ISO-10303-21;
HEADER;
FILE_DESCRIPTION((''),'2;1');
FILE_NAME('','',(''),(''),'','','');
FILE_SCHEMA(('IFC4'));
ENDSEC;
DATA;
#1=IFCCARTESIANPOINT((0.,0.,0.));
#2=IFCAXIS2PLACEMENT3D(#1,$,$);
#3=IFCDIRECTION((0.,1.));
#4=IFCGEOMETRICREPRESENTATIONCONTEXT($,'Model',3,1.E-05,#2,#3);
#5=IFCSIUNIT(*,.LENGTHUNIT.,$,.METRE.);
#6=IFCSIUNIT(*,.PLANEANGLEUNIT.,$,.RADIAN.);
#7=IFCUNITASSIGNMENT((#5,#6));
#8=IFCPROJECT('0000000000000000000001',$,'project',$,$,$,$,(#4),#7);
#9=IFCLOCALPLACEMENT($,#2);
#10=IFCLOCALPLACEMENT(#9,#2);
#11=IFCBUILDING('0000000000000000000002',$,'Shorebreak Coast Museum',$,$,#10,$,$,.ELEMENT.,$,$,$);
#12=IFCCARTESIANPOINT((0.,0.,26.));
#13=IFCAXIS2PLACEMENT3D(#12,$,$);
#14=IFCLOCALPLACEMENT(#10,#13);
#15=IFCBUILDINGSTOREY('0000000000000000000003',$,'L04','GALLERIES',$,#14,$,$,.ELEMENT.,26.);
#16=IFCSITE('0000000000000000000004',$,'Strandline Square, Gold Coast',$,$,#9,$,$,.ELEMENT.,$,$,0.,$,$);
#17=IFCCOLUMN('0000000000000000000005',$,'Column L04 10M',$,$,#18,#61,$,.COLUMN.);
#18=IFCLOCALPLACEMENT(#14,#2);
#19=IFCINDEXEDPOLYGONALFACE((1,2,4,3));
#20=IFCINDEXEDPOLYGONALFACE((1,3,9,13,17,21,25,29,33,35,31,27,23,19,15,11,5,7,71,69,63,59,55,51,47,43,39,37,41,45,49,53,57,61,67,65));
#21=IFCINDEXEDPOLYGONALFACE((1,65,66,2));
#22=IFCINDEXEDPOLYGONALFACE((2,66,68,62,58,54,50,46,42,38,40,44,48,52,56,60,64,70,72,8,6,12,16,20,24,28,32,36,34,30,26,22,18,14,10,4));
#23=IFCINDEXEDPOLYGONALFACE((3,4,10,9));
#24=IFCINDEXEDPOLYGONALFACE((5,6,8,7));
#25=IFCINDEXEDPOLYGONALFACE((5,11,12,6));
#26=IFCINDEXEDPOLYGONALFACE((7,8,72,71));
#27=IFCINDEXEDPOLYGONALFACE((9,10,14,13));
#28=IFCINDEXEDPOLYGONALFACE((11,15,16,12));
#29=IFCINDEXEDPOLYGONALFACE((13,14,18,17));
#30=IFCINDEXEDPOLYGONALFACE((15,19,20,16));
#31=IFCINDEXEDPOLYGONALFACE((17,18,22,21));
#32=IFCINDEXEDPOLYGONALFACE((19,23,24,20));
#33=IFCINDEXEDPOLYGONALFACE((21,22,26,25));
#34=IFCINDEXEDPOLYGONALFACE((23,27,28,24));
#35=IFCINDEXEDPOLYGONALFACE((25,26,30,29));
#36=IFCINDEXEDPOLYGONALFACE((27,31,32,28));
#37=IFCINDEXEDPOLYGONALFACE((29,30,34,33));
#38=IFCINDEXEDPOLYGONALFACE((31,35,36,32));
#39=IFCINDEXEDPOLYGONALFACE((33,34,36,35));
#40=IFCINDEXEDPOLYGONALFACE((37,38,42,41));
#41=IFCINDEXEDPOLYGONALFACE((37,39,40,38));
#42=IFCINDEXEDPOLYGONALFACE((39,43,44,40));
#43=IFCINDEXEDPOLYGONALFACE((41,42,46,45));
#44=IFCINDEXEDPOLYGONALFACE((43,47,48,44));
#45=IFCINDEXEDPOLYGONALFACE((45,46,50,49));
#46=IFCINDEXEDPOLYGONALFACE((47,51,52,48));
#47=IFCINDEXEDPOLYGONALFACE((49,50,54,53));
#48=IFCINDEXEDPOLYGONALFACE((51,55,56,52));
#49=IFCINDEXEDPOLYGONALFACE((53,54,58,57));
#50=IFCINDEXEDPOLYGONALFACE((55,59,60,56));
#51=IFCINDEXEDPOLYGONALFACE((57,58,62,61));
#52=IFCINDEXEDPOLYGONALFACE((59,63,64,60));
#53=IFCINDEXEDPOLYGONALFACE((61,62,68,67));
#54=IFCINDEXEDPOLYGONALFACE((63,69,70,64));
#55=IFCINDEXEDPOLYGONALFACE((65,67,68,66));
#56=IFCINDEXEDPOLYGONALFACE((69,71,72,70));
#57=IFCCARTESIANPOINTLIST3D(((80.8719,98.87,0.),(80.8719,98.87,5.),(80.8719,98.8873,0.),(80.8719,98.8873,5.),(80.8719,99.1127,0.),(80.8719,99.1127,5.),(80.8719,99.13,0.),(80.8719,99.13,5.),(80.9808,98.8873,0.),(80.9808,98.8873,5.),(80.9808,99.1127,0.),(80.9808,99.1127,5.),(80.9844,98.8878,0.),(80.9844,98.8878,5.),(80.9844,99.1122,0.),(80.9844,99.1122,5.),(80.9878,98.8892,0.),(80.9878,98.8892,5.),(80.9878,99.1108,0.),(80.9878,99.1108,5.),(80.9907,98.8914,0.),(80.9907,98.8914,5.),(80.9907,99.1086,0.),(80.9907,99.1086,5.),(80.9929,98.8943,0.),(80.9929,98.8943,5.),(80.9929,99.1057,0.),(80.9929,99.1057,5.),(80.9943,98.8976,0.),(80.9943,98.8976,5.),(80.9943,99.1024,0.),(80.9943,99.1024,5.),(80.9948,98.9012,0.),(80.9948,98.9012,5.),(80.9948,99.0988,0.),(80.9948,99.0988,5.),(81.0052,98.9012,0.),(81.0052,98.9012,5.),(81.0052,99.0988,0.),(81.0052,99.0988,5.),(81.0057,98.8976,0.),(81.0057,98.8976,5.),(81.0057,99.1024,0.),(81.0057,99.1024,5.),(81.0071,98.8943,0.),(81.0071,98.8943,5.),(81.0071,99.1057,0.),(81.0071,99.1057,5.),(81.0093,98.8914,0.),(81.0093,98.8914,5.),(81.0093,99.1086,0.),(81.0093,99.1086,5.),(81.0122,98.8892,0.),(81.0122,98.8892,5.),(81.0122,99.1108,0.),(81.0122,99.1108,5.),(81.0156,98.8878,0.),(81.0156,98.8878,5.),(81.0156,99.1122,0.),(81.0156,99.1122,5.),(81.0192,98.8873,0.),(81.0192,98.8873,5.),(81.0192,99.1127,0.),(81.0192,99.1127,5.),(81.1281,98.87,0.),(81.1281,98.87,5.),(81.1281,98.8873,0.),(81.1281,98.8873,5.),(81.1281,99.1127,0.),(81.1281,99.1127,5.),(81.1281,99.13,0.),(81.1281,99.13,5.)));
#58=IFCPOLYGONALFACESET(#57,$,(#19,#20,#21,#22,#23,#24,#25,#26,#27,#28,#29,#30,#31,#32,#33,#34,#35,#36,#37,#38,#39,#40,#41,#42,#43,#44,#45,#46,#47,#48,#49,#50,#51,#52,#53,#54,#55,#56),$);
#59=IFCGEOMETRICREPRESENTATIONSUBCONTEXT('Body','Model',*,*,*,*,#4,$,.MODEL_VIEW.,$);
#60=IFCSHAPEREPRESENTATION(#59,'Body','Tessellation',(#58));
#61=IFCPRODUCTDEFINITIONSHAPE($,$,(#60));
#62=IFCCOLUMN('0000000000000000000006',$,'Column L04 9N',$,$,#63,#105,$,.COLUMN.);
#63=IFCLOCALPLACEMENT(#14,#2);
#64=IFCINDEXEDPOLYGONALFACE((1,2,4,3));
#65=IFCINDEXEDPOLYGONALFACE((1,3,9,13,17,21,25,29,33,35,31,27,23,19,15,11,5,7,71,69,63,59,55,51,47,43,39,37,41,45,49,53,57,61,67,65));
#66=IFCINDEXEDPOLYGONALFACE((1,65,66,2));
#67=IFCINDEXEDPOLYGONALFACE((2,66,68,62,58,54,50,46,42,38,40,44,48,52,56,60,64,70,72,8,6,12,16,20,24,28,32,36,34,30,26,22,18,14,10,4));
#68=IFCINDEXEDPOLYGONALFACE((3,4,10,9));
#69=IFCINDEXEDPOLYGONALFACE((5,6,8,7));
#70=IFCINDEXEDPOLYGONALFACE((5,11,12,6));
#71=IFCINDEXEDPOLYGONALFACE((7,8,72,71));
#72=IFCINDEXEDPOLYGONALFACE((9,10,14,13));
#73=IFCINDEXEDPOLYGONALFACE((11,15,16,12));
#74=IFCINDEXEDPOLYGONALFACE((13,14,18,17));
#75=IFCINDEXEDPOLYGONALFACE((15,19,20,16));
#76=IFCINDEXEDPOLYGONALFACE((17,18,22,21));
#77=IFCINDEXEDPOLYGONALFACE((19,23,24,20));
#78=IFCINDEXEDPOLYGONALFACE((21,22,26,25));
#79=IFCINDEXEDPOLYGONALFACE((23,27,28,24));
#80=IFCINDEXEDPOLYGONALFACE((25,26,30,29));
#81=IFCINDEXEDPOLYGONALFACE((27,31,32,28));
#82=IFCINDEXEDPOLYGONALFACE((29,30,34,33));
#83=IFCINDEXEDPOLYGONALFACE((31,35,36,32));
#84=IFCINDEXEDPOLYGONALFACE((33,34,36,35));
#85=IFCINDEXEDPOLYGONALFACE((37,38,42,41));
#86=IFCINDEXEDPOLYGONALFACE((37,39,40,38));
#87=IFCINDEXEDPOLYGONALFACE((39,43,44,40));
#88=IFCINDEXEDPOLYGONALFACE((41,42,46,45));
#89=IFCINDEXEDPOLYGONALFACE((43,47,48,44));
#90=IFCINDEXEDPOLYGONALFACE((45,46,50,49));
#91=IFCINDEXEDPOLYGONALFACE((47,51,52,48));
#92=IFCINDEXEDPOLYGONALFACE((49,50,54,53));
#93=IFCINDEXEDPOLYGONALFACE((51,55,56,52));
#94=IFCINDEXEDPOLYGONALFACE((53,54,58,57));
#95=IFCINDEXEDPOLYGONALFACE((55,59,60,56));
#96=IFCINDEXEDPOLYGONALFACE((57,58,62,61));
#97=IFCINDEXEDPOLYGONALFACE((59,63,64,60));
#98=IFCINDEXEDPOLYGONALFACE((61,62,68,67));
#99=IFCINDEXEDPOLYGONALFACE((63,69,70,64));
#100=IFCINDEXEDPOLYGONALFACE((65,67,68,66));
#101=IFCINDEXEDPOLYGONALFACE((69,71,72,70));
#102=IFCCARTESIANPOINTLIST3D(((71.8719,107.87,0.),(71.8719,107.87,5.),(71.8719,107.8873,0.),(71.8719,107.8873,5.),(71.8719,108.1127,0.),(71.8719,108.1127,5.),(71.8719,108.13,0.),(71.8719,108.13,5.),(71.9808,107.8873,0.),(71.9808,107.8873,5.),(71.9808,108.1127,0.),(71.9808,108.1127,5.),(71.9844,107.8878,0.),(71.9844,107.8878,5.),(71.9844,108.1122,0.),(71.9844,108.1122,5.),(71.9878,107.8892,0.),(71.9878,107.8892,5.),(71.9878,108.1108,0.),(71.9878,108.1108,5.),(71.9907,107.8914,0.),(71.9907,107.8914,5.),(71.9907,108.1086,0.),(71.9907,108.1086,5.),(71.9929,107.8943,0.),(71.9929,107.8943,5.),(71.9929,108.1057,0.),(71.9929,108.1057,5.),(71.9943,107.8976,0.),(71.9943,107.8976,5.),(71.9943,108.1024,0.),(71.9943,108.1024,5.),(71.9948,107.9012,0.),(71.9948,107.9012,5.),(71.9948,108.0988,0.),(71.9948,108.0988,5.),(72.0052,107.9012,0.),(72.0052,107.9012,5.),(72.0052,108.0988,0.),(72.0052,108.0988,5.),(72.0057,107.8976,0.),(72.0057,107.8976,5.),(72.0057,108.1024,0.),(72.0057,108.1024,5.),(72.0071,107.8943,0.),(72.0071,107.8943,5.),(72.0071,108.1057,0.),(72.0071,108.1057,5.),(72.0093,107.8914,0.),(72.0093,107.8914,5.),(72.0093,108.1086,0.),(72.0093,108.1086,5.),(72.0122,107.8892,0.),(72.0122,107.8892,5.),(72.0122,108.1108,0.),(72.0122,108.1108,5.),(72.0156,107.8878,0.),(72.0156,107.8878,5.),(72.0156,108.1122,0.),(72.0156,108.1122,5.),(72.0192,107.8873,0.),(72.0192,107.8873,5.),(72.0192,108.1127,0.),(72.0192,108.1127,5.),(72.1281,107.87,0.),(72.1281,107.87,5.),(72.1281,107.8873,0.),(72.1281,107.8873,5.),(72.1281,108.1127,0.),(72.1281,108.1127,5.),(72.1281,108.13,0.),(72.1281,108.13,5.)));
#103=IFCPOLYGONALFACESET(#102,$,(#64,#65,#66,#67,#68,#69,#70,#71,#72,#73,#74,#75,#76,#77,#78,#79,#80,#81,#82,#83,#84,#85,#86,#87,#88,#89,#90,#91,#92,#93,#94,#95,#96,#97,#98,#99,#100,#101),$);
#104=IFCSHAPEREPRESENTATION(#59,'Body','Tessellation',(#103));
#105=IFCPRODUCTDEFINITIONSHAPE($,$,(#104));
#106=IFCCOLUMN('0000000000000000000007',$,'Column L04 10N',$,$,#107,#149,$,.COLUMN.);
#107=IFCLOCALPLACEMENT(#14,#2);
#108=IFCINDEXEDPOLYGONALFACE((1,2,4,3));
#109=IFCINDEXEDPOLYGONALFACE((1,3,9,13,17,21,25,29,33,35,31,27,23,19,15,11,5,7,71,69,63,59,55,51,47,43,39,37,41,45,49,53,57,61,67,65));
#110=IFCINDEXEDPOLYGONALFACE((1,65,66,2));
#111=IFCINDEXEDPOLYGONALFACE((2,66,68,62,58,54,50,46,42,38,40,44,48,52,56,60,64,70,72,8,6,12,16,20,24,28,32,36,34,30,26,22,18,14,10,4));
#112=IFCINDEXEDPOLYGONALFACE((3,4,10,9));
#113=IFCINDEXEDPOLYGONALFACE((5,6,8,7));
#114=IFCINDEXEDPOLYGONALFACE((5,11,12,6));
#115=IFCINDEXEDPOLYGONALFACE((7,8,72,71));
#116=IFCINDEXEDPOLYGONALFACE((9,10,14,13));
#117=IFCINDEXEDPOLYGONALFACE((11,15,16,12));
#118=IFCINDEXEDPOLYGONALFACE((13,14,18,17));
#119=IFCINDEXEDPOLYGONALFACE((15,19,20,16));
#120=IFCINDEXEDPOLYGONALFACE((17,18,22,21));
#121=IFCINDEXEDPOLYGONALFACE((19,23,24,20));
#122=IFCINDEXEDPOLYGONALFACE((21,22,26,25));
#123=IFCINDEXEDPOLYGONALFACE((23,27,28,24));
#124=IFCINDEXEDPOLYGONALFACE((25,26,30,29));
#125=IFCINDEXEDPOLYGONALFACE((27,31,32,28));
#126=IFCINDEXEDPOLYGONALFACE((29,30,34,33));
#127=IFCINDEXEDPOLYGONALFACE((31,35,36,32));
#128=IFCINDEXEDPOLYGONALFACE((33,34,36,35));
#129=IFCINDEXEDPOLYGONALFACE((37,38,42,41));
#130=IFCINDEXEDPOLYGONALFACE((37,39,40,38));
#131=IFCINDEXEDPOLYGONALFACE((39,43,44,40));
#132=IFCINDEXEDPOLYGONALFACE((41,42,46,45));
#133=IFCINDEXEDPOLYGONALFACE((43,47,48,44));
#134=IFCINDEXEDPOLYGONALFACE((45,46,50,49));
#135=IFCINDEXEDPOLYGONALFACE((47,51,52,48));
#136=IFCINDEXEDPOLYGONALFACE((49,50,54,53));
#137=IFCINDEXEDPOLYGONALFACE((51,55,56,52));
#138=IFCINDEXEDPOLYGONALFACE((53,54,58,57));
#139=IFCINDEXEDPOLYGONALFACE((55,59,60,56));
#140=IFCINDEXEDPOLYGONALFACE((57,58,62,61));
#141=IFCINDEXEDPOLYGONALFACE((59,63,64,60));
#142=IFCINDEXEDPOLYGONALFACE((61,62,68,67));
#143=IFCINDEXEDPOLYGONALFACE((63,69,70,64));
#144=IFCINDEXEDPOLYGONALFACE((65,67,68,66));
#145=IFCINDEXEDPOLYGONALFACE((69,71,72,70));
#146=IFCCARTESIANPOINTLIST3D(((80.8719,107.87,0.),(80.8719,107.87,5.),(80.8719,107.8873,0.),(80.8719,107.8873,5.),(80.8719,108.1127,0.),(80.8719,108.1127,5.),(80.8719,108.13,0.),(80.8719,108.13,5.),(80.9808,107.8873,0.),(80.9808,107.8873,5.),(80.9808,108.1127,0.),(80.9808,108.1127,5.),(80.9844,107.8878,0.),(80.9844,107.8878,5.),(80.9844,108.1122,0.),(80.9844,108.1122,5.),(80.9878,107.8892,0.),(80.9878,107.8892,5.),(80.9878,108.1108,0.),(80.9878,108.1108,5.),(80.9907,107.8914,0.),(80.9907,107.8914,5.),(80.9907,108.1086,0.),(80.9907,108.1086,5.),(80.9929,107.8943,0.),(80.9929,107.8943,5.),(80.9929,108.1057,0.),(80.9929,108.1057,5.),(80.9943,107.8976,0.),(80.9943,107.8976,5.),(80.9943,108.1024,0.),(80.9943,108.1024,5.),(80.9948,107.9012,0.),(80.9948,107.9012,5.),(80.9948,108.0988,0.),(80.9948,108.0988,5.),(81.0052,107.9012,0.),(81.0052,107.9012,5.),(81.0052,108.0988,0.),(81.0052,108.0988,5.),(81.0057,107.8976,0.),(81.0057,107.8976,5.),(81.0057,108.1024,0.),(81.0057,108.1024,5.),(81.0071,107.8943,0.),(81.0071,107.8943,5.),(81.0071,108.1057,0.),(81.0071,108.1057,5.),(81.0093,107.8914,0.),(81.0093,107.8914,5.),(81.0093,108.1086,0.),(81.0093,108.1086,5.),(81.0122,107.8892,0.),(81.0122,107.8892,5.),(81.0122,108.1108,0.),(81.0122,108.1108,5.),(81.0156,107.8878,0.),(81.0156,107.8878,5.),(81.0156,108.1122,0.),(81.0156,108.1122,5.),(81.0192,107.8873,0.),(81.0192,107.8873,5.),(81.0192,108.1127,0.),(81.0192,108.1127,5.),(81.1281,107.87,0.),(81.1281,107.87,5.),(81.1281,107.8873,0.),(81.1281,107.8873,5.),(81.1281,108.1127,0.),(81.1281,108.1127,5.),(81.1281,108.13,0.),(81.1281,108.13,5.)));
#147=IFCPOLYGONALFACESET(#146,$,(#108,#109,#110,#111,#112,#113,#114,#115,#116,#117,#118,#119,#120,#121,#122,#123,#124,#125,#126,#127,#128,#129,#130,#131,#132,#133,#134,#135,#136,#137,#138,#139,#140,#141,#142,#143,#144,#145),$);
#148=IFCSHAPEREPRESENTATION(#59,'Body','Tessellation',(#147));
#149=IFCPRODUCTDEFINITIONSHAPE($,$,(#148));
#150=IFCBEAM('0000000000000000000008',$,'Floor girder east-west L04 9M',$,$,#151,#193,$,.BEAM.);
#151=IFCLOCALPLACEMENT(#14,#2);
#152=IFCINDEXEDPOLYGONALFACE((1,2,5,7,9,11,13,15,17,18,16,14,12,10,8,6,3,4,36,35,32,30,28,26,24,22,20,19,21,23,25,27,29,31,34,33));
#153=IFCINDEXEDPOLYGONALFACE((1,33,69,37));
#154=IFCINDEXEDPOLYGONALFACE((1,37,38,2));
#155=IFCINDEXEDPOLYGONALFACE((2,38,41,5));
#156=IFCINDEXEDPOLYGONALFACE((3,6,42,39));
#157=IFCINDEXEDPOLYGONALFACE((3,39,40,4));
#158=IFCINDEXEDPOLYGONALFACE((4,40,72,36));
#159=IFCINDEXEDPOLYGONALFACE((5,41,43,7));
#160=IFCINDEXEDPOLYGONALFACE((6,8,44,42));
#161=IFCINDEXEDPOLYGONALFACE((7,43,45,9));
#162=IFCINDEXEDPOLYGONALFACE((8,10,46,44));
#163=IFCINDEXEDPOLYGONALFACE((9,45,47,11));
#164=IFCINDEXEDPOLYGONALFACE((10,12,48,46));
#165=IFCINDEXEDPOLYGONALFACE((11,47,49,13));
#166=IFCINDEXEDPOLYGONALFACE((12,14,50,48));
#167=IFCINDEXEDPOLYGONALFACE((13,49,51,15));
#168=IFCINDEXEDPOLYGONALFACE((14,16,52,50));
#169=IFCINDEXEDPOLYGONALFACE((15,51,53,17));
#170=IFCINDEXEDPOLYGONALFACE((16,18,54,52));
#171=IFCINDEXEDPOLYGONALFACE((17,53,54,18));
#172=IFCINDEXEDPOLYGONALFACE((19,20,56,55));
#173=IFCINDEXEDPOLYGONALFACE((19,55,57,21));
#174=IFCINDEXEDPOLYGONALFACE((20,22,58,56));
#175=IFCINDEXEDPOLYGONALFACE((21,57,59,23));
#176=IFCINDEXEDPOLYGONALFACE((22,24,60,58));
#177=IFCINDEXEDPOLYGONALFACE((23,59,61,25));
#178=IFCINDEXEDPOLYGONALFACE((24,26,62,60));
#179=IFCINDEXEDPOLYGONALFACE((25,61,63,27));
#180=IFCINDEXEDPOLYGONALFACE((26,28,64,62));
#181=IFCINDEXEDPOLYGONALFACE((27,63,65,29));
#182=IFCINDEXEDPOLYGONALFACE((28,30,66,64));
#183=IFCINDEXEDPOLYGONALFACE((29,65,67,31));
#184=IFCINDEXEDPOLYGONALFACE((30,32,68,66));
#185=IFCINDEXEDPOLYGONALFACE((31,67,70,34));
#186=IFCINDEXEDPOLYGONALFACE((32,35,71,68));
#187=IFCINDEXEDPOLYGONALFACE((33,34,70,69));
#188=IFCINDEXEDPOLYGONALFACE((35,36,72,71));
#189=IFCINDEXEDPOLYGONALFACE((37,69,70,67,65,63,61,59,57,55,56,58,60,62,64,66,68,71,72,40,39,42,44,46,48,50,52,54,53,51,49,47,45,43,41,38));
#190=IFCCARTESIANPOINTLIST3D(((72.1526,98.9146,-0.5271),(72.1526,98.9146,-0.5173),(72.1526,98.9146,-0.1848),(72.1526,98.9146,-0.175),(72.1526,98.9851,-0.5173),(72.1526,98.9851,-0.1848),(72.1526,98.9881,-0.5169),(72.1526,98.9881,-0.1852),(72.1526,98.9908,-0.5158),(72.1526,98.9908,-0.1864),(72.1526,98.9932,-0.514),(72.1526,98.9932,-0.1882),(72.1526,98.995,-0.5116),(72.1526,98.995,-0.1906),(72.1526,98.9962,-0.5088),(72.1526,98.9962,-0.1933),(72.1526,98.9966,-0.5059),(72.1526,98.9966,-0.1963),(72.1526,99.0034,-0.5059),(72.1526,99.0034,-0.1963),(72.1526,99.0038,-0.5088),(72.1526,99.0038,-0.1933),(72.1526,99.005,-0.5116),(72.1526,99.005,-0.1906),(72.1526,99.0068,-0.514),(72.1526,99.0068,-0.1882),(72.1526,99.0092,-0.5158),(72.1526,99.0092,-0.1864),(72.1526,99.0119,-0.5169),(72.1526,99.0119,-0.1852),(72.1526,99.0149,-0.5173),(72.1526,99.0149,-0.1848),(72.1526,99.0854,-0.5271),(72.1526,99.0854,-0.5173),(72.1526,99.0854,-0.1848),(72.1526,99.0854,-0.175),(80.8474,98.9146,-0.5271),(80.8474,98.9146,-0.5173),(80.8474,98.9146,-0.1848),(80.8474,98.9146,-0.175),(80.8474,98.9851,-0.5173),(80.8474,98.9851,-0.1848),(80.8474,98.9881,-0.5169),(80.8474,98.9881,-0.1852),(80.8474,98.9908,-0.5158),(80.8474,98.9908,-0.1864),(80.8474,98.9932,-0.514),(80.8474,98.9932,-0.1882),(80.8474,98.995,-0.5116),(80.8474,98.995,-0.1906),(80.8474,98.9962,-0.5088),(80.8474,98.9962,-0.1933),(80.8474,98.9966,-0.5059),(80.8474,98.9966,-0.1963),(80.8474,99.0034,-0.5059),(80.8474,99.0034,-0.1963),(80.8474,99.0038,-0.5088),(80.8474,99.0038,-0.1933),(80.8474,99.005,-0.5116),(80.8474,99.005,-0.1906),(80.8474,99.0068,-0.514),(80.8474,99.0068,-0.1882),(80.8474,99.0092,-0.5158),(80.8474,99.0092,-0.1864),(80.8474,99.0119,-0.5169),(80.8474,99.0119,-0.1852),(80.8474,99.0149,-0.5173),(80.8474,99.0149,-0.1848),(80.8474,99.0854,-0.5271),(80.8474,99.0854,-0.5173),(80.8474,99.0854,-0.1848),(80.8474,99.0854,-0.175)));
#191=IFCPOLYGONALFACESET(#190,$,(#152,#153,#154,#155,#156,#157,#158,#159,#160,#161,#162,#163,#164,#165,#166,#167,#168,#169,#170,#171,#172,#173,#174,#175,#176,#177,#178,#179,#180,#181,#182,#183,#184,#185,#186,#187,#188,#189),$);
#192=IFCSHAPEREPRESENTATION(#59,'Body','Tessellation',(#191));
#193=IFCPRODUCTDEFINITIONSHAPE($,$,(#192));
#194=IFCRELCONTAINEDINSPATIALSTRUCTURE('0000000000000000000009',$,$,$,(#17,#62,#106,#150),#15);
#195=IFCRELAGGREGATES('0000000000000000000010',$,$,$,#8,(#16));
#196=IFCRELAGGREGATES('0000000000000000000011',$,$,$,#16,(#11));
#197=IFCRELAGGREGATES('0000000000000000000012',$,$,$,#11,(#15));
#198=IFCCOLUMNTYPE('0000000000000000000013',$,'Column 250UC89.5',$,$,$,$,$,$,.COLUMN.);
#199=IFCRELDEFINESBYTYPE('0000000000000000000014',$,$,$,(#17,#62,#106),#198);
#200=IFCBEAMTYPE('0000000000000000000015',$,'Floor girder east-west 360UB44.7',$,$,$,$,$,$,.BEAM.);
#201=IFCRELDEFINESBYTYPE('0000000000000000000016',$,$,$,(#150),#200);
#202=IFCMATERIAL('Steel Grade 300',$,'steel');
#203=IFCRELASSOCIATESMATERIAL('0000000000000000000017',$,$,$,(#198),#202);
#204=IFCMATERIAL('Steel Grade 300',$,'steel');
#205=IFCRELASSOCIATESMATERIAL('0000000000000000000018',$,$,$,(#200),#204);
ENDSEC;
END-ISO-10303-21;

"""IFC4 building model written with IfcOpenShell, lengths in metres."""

from ifc_helpers import new_model, si_unit, direction, frame, origin, origin_2d, place, context, subcontext, project, spatial, i_section, extrude, material, material_profile, profile_set, type_object, element, save


model = new_model("IFC4")

# Units and contexts
model_context = context("Model", 3, precision=1e-05, world=origin(), true_north=direction((0.0, 1.0)))
body_context = subcontext(model_context, "Body", "Model", "MODEL_VIEW")
ifc_project = project(units=[si_unit("LENGTHUNIT", "METRE"), si_unit("PLANEANGLEUNIT", "RADIAN")], contexts=[model_context])

# Site, building, storey
site_placement = place(None, origin())
site = spatial("IfcSite", under=ifc_project, at=site_placement, Name="Strandline Square, Gold Coast", CompositionType="ELEMENT", RefElevation=0.0)
building_placement = place(site_placement, origin())
building = spatial("IfcBuilding", under=site, at=building_placement, Name="Shorebreak Coast Museum", CompositionType="ELEMENT")
storey_placement = place(building_placement, frame((0.0, 0.0, 26.0)))
storey = spatial("IfcBuildingStorey", under=building, at=storey_placement, Name="L04", Description="GALLERIES", CompositionType="ELEMENT", Elevation=26.0)

# Columns
ifc_material_1 = material(Name="Steel Grade 300", Category="steel")
ifc_material_profile_1 = material_profile(ifc_material_1, i_section(OverallWidth=0.2561, OverallDepth=0.26, WebThickness=0.0105, FlangeThickness=0.0173, FilletRadius=0.0139, at=origin_2d()), Name="250UC89.5")
ifc_profile_set_1 = profile_set([ifc_material_profile_1], Name="Steel Grade 300")
column_type = type_object("IfcColumnType", Name="Column 250UC89.5", PredefinedType="COLUMN", material=ifc_profile_set_1)
for number, where, z_axis, x_axis, name in (
    (1, (81.0, 99.0, 0.0), (0.0, 0.0, 1.0), (1.0, 0.0, 0.0), "Column L04 10M"),
    (2, (72.0, 108.0, 0.0), (0.0, 0.0, 1.0), (1.0, 0.0, 0.0), "Column L04 9N"),
    (3, (81.0, 108.0, 0.0), (0.0, 0.0, 1.0), (1.0, 0.0, 0.0), "Column L04 10N"),
):
    element("IfcColumn", number, at=place(storey_placement, frame(where, z_axis=z_axis, x_axis=x_axis)), inside=storey, type_object=column_type, Name=name, PredefinedType="COLUMN", context=body_context, shape_type="SweptSolid", body=[
        extrude(i_section(OverallWidth=0.2561, OverallDepth=0.26, WebThickness=0.0105, FlangeThickness=0.0173, FilletRadius=0.0139, at=origin_2d()), origin(), (0.0, 0.0, 1.0), 5.0),
    ])

# Beam
ifc_material_2 = material(Name="Steel Grade 300", Category="steel")
ifc_material_profile_2 = material_profile(ifc_material_2, i_section(OverallWidth=0.1709, OverallDepth=0.3521, WebThickness=0.0068, FlangeThickness=0.0098, FilletRadius=0.0115, at=origin_2d()), Name="360UB44.7")
ifc_profile_set_2 = profile_set([ifc_material_profile_2], Name="Steel Grade 300")
beam_type_1 = type_object("IfcBeamType", Name="Floor girder east-west 360UB44.7", PredefinedType="BEAM", material=ifc_profile_set_2)
for number, where, z_axis, x_axis, name in (
    (4, (72.1526, 99.0, -0.3511), (1.0, 0.0, 0.0), (0.0, 1.0, 0.0), "Floor girder east-west L04 9M"),
):
    element("IfcBeam", number, at=place(storey_placement, frame(where, z_axis=z_axis, x_axis=x_axis)), inside=storey, type_object=beam_type_1, Name=name, PredefinedType="BEAM", context=body_context, shape_type="SweptSolid", body=[
        extrude(i_section(OverallWidth=0.1709, OverallDepth=0.3521, WebThickness=0.0068, FlangeThickness=0.0098, FilletRadius=0.0115, at=origin_2d()), origin(), (0.0, 0.0, 1.0), 8.6948),
    ])

save(model, "model.ifc")
